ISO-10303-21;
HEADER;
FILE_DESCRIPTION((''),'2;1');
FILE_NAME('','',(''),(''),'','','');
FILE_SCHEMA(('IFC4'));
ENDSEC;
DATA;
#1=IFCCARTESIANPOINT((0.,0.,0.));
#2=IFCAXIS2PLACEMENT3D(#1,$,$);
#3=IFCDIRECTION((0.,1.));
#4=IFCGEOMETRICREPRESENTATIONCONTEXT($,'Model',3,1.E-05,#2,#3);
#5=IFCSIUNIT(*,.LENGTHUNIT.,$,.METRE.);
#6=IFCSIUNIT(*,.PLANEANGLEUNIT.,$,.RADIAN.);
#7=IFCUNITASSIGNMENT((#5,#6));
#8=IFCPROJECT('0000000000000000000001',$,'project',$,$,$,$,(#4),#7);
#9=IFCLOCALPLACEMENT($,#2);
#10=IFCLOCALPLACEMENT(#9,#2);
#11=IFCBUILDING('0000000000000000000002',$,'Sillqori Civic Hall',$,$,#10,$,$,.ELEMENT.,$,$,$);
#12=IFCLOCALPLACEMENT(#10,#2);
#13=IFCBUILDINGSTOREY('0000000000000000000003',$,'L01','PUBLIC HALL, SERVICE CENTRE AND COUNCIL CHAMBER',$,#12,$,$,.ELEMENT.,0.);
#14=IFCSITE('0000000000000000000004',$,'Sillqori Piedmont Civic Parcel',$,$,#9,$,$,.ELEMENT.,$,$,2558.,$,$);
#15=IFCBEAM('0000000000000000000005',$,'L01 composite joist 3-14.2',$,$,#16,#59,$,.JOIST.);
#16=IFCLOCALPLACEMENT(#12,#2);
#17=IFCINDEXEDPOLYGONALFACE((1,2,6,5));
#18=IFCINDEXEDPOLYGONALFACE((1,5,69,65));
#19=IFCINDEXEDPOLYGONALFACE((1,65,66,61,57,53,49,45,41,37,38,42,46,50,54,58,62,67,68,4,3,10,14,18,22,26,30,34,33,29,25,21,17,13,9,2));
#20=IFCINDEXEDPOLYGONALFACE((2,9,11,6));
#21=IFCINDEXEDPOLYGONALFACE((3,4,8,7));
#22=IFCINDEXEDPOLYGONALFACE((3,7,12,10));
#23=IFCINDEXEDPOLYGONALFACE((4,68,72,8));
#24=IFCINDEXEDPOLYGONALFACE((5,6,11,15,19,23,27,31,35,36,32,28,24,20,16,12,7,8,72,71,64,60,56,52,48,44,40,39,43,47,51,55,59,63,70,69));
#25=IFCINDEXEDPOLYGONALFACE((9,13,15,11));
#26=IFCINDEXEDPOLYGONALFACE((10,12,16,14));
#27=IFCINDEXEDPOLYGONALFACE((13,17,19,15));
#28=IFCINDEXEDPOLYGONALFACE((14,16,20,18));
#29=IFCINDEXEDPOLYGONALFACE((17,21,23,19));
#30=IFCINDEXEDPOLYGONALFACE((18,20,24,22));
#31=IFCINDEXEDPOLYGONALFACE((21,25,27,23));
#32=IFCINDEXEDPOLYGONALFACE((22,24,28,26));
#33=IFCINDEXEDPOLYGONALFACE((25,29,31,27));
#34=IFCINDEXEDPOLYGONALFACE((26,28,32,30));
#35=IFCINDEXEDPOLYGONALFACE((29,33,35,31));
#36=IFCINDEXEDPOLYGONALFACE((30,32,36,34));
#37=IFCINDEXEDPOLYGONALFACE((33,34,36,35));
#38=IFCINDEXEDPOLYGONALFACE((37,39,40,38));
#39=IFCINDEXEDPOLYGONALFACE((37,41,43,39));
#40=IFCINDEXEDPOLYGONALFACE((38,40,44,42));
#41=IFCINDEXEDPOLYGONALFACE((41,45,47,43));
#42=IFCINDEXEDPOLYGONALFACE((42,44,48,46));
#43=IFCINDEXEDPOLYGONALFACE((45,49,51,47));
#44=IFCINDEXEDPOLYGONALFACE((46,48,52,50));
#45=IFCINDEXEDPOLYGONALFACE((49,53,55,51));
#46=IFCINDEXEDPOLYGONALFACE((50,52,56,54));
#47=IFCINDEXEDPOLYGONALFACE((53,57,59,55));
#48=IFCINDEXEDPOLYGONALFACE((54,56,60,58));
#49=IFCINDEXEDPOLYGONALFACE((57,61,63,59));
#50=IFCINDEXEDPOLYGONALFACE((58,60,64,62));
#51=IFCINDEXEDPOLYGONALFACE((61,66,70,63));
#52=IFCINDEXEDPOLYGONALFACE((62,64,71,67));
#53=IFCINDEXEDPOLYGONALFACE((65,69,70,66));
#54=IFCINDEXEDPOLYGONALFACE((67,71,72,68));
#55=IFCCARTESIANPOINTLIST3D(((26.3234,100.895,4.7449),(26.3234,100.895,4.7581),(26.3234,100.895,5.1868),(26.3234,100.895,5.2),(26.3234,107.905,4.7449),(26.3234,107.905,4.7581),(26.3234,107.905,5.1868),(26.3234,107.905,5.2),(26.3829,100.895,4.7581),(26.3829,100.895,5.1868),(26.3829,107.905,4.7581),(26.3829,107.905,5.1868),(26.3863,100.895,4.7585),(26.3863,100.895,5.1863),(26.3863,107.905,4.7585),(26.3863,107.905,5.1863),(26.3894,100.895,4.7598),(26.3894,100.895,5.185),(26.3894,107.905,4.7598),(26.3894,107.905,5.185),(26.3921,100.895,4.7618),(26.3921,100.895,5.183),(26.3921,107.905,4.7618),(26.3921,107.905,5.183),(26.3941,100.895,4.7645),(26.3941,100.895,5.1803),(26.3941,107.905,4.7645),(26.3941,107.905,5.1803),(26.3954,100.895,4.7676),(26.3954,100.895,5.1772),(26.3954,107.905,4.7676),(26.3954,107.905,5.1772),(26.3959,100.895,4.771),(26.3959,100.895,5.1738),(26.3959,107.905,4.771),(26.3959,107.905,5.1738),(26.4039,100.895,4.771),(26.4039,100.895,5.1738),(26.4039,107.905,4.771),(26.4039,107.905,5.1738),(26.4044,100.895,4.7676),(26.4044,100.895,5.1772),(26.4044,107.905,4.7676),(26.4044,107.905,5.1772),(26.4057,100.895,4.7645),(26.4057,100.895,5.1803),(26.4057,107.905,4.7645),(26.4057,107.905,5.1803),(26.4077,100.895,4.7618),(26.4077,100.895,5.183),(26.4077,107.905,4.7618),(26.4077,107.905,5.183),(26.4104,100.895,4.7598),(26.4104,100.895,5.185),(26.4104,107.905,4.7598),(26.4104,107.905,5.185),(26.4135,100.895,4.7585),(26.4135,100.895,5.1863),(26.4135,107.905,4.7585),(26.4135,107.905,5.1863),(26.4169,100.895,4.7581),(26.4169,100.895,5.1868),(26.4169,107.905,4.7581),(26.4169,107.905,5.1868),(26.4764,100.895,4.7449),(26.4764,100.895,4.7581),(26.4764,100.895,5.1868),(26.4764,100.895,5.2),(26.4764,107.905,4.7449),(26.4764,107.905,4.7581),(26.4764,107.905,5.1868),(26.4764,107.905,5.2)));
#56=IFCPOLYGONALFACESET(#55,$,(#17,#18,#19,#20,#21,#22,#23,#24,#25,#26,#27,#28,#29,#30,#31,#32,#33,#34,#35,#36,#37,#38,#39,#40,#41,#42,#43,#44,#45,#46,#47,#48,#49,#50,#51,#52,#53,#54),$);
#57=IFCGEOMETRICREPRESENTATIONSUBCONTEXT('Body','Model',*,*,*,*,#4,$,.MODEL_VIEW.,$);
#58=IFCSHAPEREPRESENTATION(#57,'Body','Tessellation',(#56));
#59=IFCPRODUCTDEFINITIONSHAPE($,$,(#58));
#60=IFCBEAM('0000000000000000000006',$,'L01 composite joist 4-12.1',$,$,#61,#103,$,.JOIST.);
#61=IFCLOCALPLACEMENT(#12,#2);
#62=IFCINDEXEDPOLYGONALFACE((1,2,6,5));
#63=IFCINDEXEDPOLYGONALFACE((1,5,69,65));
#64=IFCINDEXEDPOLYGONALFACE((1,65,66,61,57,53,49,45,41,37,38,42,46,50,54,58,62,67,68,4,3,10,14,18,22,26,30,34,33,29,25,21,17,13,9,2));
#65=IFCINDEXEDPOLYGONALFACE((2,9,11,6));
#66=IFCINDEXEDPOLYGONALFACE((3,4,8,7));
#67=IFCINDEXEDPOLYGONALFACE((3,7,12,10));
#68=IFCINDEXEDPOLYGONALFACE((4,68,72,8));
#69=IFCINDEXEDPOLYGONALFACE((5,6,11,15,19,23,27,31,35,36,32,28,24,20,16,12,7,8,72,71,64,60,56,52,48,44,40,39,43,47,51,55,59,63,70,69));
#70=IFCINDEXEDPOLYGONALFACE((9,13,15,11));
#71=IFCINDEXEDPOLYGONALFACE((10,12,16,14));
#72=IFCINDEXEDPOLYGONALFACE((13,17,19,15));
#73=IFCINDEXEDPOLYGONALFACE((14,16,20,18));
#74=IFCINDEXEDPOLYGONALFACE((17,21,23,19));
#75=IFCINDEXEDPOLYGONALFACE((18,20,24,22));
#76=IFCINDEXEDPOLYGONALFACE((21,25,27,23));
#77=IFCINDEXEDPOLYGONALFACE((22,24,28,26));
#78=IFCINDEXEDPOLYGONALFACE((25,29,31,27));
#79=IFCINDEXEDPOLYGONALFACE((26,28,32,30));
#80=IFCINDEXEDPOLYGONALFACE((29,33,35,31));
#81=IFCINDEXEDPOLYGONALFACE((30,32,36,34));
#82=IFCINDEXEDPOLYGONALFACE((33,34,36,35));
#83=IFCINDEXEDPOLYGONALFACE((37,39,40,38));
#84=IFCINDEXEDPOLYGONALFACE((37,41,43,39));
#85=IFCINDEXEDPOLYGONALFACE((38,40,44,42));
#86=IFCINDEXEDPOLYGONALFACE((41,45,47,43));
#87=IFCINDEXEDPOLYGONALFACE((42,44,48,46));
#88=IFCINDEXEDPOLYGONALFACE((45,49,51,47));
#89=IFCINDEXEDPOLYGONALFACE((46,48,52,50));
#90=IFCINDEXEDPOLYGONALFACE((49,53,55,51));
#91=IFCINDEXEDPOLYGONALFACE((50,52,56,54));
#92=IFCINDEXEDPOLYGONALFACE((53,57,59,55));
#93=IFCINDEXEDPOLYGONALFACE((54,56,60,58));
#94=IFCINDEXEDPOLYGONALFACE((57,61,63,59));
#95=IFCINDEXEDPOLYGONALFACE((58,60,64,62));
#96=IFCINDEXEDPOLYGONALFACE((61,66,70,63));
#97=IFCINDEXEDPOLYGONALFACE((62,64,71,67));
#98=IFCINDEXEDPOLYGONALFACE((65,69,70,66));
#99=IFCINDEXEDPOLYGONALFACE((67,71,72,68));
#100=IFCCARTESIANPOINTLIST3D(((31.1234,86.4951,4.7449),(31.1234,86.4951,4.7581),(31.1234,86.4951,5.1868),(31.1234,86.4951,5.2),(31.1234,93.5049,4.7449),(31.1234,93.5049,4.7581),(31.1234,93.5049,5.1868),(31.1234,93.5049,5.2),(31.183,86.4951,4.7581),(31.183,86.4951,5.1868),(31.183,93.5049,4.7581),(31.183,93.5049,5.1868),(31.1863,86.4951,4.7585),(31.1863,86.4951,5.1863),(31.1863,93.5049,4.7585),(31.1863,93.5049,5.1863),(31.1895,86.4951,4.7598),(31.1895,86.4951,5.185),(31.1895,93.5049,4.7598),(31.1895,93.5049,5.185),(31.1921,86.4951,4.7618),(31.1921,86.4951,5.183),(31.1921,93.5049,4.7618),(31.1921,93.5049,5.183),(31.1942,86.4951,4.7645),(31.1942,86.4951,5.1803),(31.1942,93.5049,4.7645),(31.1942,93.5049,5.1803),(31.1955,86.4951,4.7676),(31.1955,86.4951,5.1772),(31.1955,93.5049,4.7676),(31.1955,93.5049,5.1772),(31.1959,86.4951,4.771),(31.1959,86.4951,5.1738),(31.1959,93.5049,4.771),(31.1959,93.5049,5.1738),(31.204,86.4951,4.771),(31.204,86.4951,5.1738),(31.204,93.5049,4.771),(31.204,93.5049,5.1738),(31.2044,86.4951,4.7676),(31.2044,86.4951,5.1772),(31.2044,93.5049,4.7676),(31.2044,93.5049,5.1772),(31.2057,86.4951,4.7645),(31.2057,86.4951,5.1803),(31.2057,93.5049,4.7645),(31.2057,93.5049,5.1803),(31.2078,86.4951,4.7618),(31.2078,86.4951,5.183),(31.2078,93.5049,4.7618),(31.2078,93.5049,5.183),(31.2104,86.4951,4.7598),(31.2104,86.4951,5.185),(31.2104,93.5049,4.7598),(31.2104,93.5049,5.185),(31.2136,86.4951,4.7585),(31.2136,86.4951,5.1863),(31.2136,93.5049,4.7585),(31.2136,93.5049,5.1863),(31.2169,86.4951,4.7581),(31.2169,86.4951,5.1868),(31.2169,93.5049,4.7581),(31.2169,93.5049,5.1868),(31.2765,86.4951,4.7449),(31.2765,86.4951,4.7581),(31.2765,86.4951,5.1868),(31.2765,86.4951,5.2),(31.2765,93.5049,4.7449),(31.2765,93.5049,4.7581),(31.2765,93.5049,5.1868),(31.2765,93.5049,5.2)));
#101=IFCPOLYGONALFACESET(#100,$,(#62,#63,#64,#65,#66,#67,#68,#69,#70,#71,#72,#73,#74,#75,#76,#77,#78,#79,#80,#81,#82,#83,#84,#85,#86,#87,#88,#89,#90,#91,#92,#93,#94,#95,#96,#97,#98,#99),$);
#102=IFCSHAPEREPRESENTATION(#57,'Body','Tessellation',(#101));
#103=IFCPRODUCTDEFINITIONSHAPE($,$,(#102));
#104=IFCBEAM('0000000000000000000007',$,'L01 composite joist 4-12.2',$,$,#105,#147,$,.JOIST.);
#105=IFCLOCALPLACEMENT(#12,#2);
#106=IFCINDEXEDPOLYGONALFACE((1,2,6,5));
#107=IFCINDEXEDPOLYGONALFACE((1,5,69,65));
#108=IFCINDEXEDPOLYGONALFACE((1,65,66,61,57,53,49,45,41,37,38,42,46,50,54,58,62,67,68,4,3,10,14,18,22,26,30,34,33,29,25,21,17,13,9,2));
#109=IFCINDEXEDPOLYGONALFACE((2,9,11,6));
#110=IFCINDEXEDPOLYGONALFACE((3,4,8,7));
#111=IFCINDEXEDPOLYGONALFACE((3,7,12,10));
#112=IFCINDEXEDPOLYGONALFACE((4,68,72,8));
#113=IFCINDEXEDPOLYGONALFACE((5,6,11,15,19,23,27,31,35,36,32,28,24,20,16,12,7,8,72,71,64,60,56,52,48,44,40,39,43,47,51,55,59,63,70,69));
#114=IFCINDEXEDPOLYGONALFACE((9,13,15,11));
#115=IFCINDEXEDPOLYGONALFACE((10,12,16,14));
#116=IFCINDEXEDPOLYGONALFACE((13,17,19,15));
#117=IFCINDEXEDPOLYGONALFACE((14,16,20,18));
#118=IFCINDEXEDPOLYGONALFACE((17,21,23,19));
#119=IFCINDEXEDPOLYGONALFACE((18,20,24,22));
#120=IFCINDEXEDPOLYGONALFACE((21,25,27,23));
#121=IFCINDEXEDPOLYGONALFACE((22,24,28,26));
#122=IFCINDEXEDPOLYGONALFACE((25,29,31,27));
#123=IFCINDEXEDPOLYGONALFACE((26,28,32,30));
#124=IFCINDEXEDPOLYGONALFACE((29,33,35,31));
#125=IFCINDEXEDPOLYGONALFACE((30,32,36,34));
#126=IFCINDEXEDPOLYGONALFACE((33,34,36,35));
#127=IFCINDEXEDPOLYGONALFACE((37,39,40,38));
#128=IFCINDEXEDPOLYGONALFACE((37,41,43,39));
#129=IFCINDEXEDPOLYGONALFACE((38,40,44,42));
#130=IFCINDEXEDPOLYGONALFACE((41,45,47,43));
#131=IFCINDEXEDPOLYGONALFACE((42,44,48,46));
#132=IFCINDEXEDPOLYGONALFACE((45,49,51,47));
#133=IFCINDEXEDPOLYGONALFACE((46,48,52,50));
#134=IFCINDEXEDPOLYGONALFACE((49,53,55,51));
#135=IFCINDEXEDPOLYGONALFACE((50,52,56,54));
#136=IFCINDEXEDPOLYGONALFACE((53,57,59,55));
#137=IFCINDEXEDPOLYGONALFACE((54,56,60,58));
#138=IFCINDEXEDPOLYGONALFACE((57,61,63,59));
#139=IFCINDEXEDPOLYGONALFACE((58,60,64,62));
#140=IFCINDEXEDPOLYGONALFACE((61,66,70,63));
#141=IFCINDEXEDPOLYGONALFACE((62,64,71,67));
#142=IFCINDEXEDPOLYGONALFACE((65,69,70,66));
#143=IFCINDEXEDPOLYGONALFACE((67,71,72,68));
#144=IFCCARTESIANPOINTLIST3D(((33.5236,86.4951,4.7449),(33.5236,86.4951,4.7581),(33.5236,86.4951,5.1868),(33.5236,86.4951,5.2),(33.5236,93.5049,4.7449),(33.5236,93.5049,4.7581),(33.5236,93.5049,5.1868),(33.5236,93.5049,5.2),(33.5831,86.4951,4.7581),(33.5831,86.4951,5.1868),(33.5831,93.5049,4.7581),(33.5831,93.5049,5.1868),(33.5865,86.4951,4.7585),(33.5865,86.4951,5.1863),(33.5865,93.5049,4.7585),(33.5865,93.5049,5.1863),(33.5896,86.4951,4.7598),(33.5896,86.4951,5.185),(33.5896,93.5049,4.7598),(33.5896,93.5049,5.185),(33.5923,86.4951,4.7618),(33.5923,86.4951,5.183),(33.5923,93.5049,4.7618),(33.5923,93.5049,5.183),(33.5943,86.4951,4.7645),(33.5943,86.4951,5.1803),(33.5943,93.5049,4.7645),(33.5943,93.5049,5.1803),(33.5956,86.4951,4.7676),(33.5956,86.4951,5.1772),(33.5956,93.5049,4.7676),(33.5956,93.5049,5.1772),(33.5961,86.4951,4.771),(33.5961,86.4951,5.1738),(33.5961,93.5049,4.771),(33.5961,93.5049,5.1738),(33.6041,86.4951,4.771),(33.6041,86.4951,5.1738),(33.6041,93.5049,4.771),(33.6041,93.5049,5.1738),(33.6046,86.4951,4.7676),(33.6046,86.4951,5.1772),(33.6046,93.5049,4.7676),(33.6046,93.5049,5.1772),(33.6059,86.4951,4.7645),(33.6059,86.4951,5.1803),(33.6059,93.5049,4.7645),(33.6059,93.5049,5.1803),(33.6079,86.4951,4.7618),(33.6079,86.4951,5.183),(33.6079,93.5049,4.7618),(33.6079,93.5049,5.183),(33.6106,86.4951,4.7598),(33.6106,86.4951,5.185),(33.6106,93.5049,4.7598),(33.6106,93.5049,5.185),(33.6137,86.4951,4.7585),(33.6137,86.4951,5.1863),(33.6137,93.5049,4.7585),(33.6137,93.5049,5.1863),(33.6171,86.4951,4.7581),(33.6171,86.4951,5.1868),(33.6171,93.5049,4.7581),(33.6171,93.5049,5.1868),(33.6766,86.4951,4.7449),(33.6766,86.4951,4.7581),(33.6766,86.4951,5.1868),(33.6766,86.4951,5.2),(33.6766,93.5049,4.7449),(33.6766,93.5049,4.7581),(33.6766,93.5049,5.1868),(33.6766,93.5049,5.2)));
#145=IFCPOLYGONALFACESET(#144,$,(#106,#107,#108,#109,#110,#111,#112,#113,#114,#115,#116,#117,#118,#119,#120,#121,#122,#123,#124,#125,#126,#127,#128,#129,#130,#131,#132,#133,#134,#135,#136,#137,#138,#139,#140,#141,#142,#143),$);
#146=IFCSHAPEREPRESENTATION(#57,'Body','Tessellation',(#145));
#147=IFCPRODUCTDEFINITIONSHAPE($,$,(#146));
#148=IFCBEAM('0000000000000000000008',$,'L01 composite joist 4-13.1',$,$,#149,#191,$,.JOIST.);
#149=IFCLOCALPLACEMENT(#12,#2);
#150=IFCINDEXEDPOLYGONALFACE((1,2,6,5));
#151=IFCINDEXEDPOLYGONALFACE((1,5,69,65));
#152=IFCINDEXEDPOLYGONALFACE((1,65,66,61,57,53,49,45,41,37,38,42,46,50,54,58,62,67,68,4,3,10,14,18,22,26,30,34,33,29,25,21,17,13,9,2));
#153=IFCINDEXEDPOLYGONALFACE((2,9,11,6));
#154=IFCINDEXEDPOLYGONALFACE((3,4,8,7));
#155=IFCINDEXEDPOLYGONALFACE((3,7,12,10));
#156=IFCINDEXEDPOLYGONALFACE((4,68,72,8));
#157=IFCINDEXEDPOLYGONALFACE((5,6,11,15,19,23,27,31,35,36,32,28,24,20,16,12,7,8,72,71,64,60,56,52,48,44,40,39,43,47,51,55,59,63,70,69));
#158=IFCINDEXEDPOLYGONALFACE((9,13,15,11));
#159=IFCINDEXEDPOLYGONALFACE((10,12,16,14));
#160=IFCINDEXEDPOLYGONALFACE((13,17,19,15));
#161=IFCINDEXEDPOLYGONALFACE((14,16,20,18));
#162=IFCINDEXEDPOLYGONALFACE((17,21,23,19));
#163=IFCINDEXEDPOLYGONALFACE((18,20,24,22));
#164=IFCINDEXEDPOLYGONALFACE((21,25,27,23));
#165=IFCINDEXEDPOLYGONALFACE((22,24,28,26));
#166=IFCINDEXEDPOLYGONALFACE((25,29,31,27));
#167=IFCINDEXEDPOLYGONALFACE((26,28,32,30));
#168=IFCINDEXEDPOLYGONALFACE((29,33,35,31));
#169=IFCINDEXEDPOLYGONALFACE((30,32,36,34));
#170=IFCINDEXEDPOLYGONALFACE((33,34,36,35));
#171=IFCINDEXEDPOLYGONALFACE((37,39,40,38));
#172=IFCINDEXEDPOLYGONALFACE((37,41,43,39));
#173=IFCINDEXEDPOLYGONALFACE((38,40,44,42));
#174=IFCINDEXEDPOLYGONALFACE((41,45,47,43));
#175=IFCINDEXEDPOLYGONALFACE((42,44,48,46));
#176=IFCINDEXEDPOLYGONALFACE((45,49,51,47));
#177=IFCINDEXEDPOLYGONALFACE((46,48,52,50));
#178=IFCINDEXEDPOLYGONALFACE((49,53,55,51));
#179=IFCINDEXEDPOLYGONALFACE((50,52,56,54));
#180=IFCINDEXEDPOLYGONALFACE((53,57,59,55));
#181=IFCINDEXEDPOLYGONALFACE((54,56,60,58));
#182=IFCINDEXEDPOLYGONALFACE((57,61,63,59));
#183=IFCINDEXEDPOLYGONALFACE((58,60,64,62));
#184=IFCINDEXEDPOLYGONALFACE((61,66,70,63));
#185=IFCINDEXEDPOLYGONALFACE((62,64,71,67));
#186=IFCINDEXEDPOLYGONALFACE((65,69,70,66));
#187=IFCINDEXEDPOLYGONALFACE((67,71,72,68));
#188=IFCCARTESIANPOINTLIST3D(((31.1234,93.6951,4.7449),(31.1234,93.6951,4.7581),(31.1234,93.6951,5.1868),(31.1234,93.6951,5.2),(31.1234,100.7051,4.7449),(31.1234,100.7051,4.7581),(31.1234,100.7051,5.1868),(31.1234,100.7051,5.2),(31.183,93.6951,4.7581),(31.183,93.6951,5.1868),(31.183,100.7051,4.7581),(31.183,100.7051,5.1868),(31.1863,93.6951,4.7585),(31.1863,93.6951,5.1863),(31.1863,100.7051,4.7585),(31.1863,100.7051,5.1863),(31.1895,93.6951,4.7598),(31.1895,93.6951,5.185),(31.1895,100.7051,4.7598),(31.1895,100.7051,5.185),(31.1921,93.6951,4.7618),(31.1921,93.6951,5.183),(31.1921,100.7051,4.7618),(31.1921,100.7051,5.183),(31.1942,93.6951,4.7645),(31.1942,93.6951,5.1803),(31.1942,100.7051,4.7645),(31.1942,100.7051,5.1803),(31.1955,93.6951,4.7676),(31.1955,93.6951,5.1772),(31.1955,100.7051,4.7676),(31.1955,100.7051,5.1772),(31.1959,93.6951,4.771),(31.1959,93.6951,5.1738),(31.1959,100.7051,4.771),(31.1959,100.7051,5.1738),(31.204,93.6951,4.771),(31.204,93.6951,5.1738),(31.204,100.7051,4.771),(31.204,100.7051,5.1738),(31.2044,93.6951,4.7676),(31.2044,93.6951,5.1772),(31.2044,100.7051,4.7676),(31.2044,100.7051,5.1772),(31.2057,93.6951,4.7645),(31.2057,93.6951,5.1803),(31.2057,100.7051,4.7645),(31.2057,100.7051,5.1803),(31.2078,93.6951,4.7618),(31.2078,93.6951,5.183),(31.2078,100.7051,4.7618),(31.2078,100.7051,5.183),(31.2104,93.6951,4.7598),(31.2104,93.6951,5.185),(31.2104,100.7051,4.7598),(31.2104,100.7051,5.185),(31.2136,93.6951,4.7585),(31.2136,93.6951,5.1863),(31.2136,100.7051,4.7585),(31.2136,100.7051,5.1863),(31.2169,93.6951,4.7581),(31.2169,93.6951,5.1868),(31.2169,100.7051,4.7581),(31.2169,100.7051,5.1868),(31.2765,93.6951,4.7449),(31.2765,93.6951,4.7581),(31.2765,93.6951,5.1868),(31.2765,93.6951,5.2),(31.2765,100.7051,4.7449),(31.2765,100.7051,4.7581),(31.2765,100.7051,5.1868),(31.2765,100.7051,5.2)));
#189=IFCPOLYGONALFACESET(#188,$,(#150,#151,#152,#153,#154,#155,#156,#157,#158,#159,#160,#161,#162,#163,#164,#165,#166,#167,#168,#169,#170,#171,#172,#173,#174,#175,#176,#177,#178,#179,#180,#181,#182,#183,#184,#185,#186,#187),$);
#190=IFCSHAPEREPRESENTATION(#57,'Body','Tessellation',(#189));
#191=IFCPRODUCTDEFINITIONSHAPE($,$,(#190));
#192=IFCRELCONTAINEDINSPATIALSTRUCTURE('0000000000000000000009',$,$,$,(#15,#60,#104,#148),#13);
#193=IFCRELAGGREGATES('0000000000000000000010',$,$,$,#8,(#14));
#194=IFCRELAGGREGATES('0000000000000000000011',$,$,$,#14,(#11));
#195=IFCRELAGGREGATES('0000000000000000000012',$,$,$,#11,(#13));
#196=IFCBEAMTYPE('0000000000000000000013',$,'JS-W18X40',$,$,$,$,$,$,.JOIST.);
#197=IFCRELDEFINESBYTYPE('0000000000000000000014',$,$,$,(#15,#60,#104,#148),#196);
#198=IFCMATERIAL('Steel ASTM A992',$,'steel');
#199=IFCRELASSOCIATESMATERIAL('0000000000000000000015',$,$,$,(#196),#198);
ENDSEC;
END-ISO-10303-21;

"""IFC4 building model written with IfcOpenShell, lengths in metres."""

from ifc_helpers import new_model, si_unit, direction, frame, origin, origin_2d, place, context, subcontext, project, spatial, i_section, extrude, material, material_profile, profile_set, type_object, element, save


model = new_model("IFC4")

# Units and contexts
model_context = context("Model", 3, precision=1e-05, world=origin(), true_north=direction((0.0, 1.0)))
body_context = subcontext(model_context, "Body", "Model", "MODEL_VIEW")
ifc_project = project(units=[si_unit("LENGTHUNIT", "METRE"), si_unit("PLANEANGLEUNIT", "RADIAN")], contexts=[model_context])

# Site, building, storey
site_placement = place(None, origin())
site = spatial("IfcSite", under=ifc_project, at=site_placement, Name="Sillqori Piedmont Civic Parcel", CompositionType="ELEMENT", RefElevation=2558.0)
building_placement = place(site_placement, origin())
building = spatial("IfcBuilding", under=site, at=building_placement, Name="Sillqori Civic Hall", CompositionType="ELEMENT")
storey_placement = place(building_placement, origin())
storey = spatial("IfcBuildingStorey", under=building, at=storey_placement, Name="L01", Description="PUBLIC HALL, SERVICE CENTRE AND COUNCIL CHAMBER", CompositionType="ELEMENT", Elevation=0.0)

# Shared definitions
ifc_material_1 = material(Name="Steel ASTM A992", Category="steel")

# Beams
ifc_material_profile_1 = material_profile(ifc_material_1, i_section(OverallWidth=0.1531, OverallDepth=0.4551, WebThickness=0.0081, FlangeThickness=0.0132, FilletRadius=0.0129, at=origin_2d()), Name="W18X40")
ifc_profile_set_1 = profile_set([ifc_material_profile_1], Name="Steel ASTM A992")
beam_type_1 = type_object("IfcBeamType", Name="JS-W18X40", PredefinedType="JOIST", material=ifc_profile_set_1)
for number, where, z_axis, x_axis, name in (
    (1, (26.3999, 100.895, 4.9724), (0.0, 1.0, 0.0), (-1.0, 0.0, 0.0), "L01 composite joist 3-14.2"),
):
    element("IfcBeam", number, at=place(storey_placement, frame(where, z_axis=z_axis, x_axis=x_axis)), inside=storey, type_object=beam_type_1, Name=name, PredefinedType="JOIST", context=body_context, shape_type="SweptSolid", body=[
        extrude(i_section(OverallWidth=0.1531, OverallDepth=0.4551, WebThickness=0.0081, FlangeThickness=0.0132, FilletRadius=0.0129, at=origin_2d()), origin(), (0.0, 0.0, 1.0), 7.01),
    ])
for number, where, z_axis, x_axis, name in (
    (2, (31.2, 86.4951, 4.9724), (0.0, 1.0, 0.0), (-1.0, 0.0, 0.0), "L01 composite joist 4-12.1"),
    (3, (33.6001, 86.4951, 4.9724), (0.0, 1.0, 0.0), (-1.0, 0.0, 0.0), "L01 composite joist 4-12.2"),
):
    element("IfcBeam", number, at=place(storey_placement, frame(where, z_axis=z_axis, x_axis=x_axis)), inside=storey, type_object=beam_type_1, Name=name, PredefinedType="JOIST", context=body_context, shape_type="SweptSolid", body=[
        extrude(i_section(OverallWidth=0.1531, OverallDepth=0.4551, WebThickness=0.0081, FlangeThickness=0.0132, FilletRadius=0.0129, at=origin_2d()), origin(), (0.0, 0.0, 1.0), 7.0098),
    ])
for number, where, z_axis, x_axis, name in (
    (4, (31.2, 93.6951, 4.9724), (0.0, 1.0, 0.0), (-1.0, 0.0, 0.0), "L01 composite joist 4-13.1"),
):
    element("IfcBeam", number, at=place(storey_placement, frame(where, z_axis=z_axis, x_axis=x_axis)), inside=storey, type_object=beam_type_1, Name=name, PredefinedType="JOIST", context=body_context, shape_type="SweptSolid", body=[
        extrude(i_section(OverallWidth=0.1531, OverallDepth=0.4551, WebThickness=0.0081, FlangeThickness=0.0132, FilletRadius=0.0129, at=origin_2d()), origin(), (0.0, 0.0, 1.0), 7.01),
    ])

save(model, "model.ifc")
